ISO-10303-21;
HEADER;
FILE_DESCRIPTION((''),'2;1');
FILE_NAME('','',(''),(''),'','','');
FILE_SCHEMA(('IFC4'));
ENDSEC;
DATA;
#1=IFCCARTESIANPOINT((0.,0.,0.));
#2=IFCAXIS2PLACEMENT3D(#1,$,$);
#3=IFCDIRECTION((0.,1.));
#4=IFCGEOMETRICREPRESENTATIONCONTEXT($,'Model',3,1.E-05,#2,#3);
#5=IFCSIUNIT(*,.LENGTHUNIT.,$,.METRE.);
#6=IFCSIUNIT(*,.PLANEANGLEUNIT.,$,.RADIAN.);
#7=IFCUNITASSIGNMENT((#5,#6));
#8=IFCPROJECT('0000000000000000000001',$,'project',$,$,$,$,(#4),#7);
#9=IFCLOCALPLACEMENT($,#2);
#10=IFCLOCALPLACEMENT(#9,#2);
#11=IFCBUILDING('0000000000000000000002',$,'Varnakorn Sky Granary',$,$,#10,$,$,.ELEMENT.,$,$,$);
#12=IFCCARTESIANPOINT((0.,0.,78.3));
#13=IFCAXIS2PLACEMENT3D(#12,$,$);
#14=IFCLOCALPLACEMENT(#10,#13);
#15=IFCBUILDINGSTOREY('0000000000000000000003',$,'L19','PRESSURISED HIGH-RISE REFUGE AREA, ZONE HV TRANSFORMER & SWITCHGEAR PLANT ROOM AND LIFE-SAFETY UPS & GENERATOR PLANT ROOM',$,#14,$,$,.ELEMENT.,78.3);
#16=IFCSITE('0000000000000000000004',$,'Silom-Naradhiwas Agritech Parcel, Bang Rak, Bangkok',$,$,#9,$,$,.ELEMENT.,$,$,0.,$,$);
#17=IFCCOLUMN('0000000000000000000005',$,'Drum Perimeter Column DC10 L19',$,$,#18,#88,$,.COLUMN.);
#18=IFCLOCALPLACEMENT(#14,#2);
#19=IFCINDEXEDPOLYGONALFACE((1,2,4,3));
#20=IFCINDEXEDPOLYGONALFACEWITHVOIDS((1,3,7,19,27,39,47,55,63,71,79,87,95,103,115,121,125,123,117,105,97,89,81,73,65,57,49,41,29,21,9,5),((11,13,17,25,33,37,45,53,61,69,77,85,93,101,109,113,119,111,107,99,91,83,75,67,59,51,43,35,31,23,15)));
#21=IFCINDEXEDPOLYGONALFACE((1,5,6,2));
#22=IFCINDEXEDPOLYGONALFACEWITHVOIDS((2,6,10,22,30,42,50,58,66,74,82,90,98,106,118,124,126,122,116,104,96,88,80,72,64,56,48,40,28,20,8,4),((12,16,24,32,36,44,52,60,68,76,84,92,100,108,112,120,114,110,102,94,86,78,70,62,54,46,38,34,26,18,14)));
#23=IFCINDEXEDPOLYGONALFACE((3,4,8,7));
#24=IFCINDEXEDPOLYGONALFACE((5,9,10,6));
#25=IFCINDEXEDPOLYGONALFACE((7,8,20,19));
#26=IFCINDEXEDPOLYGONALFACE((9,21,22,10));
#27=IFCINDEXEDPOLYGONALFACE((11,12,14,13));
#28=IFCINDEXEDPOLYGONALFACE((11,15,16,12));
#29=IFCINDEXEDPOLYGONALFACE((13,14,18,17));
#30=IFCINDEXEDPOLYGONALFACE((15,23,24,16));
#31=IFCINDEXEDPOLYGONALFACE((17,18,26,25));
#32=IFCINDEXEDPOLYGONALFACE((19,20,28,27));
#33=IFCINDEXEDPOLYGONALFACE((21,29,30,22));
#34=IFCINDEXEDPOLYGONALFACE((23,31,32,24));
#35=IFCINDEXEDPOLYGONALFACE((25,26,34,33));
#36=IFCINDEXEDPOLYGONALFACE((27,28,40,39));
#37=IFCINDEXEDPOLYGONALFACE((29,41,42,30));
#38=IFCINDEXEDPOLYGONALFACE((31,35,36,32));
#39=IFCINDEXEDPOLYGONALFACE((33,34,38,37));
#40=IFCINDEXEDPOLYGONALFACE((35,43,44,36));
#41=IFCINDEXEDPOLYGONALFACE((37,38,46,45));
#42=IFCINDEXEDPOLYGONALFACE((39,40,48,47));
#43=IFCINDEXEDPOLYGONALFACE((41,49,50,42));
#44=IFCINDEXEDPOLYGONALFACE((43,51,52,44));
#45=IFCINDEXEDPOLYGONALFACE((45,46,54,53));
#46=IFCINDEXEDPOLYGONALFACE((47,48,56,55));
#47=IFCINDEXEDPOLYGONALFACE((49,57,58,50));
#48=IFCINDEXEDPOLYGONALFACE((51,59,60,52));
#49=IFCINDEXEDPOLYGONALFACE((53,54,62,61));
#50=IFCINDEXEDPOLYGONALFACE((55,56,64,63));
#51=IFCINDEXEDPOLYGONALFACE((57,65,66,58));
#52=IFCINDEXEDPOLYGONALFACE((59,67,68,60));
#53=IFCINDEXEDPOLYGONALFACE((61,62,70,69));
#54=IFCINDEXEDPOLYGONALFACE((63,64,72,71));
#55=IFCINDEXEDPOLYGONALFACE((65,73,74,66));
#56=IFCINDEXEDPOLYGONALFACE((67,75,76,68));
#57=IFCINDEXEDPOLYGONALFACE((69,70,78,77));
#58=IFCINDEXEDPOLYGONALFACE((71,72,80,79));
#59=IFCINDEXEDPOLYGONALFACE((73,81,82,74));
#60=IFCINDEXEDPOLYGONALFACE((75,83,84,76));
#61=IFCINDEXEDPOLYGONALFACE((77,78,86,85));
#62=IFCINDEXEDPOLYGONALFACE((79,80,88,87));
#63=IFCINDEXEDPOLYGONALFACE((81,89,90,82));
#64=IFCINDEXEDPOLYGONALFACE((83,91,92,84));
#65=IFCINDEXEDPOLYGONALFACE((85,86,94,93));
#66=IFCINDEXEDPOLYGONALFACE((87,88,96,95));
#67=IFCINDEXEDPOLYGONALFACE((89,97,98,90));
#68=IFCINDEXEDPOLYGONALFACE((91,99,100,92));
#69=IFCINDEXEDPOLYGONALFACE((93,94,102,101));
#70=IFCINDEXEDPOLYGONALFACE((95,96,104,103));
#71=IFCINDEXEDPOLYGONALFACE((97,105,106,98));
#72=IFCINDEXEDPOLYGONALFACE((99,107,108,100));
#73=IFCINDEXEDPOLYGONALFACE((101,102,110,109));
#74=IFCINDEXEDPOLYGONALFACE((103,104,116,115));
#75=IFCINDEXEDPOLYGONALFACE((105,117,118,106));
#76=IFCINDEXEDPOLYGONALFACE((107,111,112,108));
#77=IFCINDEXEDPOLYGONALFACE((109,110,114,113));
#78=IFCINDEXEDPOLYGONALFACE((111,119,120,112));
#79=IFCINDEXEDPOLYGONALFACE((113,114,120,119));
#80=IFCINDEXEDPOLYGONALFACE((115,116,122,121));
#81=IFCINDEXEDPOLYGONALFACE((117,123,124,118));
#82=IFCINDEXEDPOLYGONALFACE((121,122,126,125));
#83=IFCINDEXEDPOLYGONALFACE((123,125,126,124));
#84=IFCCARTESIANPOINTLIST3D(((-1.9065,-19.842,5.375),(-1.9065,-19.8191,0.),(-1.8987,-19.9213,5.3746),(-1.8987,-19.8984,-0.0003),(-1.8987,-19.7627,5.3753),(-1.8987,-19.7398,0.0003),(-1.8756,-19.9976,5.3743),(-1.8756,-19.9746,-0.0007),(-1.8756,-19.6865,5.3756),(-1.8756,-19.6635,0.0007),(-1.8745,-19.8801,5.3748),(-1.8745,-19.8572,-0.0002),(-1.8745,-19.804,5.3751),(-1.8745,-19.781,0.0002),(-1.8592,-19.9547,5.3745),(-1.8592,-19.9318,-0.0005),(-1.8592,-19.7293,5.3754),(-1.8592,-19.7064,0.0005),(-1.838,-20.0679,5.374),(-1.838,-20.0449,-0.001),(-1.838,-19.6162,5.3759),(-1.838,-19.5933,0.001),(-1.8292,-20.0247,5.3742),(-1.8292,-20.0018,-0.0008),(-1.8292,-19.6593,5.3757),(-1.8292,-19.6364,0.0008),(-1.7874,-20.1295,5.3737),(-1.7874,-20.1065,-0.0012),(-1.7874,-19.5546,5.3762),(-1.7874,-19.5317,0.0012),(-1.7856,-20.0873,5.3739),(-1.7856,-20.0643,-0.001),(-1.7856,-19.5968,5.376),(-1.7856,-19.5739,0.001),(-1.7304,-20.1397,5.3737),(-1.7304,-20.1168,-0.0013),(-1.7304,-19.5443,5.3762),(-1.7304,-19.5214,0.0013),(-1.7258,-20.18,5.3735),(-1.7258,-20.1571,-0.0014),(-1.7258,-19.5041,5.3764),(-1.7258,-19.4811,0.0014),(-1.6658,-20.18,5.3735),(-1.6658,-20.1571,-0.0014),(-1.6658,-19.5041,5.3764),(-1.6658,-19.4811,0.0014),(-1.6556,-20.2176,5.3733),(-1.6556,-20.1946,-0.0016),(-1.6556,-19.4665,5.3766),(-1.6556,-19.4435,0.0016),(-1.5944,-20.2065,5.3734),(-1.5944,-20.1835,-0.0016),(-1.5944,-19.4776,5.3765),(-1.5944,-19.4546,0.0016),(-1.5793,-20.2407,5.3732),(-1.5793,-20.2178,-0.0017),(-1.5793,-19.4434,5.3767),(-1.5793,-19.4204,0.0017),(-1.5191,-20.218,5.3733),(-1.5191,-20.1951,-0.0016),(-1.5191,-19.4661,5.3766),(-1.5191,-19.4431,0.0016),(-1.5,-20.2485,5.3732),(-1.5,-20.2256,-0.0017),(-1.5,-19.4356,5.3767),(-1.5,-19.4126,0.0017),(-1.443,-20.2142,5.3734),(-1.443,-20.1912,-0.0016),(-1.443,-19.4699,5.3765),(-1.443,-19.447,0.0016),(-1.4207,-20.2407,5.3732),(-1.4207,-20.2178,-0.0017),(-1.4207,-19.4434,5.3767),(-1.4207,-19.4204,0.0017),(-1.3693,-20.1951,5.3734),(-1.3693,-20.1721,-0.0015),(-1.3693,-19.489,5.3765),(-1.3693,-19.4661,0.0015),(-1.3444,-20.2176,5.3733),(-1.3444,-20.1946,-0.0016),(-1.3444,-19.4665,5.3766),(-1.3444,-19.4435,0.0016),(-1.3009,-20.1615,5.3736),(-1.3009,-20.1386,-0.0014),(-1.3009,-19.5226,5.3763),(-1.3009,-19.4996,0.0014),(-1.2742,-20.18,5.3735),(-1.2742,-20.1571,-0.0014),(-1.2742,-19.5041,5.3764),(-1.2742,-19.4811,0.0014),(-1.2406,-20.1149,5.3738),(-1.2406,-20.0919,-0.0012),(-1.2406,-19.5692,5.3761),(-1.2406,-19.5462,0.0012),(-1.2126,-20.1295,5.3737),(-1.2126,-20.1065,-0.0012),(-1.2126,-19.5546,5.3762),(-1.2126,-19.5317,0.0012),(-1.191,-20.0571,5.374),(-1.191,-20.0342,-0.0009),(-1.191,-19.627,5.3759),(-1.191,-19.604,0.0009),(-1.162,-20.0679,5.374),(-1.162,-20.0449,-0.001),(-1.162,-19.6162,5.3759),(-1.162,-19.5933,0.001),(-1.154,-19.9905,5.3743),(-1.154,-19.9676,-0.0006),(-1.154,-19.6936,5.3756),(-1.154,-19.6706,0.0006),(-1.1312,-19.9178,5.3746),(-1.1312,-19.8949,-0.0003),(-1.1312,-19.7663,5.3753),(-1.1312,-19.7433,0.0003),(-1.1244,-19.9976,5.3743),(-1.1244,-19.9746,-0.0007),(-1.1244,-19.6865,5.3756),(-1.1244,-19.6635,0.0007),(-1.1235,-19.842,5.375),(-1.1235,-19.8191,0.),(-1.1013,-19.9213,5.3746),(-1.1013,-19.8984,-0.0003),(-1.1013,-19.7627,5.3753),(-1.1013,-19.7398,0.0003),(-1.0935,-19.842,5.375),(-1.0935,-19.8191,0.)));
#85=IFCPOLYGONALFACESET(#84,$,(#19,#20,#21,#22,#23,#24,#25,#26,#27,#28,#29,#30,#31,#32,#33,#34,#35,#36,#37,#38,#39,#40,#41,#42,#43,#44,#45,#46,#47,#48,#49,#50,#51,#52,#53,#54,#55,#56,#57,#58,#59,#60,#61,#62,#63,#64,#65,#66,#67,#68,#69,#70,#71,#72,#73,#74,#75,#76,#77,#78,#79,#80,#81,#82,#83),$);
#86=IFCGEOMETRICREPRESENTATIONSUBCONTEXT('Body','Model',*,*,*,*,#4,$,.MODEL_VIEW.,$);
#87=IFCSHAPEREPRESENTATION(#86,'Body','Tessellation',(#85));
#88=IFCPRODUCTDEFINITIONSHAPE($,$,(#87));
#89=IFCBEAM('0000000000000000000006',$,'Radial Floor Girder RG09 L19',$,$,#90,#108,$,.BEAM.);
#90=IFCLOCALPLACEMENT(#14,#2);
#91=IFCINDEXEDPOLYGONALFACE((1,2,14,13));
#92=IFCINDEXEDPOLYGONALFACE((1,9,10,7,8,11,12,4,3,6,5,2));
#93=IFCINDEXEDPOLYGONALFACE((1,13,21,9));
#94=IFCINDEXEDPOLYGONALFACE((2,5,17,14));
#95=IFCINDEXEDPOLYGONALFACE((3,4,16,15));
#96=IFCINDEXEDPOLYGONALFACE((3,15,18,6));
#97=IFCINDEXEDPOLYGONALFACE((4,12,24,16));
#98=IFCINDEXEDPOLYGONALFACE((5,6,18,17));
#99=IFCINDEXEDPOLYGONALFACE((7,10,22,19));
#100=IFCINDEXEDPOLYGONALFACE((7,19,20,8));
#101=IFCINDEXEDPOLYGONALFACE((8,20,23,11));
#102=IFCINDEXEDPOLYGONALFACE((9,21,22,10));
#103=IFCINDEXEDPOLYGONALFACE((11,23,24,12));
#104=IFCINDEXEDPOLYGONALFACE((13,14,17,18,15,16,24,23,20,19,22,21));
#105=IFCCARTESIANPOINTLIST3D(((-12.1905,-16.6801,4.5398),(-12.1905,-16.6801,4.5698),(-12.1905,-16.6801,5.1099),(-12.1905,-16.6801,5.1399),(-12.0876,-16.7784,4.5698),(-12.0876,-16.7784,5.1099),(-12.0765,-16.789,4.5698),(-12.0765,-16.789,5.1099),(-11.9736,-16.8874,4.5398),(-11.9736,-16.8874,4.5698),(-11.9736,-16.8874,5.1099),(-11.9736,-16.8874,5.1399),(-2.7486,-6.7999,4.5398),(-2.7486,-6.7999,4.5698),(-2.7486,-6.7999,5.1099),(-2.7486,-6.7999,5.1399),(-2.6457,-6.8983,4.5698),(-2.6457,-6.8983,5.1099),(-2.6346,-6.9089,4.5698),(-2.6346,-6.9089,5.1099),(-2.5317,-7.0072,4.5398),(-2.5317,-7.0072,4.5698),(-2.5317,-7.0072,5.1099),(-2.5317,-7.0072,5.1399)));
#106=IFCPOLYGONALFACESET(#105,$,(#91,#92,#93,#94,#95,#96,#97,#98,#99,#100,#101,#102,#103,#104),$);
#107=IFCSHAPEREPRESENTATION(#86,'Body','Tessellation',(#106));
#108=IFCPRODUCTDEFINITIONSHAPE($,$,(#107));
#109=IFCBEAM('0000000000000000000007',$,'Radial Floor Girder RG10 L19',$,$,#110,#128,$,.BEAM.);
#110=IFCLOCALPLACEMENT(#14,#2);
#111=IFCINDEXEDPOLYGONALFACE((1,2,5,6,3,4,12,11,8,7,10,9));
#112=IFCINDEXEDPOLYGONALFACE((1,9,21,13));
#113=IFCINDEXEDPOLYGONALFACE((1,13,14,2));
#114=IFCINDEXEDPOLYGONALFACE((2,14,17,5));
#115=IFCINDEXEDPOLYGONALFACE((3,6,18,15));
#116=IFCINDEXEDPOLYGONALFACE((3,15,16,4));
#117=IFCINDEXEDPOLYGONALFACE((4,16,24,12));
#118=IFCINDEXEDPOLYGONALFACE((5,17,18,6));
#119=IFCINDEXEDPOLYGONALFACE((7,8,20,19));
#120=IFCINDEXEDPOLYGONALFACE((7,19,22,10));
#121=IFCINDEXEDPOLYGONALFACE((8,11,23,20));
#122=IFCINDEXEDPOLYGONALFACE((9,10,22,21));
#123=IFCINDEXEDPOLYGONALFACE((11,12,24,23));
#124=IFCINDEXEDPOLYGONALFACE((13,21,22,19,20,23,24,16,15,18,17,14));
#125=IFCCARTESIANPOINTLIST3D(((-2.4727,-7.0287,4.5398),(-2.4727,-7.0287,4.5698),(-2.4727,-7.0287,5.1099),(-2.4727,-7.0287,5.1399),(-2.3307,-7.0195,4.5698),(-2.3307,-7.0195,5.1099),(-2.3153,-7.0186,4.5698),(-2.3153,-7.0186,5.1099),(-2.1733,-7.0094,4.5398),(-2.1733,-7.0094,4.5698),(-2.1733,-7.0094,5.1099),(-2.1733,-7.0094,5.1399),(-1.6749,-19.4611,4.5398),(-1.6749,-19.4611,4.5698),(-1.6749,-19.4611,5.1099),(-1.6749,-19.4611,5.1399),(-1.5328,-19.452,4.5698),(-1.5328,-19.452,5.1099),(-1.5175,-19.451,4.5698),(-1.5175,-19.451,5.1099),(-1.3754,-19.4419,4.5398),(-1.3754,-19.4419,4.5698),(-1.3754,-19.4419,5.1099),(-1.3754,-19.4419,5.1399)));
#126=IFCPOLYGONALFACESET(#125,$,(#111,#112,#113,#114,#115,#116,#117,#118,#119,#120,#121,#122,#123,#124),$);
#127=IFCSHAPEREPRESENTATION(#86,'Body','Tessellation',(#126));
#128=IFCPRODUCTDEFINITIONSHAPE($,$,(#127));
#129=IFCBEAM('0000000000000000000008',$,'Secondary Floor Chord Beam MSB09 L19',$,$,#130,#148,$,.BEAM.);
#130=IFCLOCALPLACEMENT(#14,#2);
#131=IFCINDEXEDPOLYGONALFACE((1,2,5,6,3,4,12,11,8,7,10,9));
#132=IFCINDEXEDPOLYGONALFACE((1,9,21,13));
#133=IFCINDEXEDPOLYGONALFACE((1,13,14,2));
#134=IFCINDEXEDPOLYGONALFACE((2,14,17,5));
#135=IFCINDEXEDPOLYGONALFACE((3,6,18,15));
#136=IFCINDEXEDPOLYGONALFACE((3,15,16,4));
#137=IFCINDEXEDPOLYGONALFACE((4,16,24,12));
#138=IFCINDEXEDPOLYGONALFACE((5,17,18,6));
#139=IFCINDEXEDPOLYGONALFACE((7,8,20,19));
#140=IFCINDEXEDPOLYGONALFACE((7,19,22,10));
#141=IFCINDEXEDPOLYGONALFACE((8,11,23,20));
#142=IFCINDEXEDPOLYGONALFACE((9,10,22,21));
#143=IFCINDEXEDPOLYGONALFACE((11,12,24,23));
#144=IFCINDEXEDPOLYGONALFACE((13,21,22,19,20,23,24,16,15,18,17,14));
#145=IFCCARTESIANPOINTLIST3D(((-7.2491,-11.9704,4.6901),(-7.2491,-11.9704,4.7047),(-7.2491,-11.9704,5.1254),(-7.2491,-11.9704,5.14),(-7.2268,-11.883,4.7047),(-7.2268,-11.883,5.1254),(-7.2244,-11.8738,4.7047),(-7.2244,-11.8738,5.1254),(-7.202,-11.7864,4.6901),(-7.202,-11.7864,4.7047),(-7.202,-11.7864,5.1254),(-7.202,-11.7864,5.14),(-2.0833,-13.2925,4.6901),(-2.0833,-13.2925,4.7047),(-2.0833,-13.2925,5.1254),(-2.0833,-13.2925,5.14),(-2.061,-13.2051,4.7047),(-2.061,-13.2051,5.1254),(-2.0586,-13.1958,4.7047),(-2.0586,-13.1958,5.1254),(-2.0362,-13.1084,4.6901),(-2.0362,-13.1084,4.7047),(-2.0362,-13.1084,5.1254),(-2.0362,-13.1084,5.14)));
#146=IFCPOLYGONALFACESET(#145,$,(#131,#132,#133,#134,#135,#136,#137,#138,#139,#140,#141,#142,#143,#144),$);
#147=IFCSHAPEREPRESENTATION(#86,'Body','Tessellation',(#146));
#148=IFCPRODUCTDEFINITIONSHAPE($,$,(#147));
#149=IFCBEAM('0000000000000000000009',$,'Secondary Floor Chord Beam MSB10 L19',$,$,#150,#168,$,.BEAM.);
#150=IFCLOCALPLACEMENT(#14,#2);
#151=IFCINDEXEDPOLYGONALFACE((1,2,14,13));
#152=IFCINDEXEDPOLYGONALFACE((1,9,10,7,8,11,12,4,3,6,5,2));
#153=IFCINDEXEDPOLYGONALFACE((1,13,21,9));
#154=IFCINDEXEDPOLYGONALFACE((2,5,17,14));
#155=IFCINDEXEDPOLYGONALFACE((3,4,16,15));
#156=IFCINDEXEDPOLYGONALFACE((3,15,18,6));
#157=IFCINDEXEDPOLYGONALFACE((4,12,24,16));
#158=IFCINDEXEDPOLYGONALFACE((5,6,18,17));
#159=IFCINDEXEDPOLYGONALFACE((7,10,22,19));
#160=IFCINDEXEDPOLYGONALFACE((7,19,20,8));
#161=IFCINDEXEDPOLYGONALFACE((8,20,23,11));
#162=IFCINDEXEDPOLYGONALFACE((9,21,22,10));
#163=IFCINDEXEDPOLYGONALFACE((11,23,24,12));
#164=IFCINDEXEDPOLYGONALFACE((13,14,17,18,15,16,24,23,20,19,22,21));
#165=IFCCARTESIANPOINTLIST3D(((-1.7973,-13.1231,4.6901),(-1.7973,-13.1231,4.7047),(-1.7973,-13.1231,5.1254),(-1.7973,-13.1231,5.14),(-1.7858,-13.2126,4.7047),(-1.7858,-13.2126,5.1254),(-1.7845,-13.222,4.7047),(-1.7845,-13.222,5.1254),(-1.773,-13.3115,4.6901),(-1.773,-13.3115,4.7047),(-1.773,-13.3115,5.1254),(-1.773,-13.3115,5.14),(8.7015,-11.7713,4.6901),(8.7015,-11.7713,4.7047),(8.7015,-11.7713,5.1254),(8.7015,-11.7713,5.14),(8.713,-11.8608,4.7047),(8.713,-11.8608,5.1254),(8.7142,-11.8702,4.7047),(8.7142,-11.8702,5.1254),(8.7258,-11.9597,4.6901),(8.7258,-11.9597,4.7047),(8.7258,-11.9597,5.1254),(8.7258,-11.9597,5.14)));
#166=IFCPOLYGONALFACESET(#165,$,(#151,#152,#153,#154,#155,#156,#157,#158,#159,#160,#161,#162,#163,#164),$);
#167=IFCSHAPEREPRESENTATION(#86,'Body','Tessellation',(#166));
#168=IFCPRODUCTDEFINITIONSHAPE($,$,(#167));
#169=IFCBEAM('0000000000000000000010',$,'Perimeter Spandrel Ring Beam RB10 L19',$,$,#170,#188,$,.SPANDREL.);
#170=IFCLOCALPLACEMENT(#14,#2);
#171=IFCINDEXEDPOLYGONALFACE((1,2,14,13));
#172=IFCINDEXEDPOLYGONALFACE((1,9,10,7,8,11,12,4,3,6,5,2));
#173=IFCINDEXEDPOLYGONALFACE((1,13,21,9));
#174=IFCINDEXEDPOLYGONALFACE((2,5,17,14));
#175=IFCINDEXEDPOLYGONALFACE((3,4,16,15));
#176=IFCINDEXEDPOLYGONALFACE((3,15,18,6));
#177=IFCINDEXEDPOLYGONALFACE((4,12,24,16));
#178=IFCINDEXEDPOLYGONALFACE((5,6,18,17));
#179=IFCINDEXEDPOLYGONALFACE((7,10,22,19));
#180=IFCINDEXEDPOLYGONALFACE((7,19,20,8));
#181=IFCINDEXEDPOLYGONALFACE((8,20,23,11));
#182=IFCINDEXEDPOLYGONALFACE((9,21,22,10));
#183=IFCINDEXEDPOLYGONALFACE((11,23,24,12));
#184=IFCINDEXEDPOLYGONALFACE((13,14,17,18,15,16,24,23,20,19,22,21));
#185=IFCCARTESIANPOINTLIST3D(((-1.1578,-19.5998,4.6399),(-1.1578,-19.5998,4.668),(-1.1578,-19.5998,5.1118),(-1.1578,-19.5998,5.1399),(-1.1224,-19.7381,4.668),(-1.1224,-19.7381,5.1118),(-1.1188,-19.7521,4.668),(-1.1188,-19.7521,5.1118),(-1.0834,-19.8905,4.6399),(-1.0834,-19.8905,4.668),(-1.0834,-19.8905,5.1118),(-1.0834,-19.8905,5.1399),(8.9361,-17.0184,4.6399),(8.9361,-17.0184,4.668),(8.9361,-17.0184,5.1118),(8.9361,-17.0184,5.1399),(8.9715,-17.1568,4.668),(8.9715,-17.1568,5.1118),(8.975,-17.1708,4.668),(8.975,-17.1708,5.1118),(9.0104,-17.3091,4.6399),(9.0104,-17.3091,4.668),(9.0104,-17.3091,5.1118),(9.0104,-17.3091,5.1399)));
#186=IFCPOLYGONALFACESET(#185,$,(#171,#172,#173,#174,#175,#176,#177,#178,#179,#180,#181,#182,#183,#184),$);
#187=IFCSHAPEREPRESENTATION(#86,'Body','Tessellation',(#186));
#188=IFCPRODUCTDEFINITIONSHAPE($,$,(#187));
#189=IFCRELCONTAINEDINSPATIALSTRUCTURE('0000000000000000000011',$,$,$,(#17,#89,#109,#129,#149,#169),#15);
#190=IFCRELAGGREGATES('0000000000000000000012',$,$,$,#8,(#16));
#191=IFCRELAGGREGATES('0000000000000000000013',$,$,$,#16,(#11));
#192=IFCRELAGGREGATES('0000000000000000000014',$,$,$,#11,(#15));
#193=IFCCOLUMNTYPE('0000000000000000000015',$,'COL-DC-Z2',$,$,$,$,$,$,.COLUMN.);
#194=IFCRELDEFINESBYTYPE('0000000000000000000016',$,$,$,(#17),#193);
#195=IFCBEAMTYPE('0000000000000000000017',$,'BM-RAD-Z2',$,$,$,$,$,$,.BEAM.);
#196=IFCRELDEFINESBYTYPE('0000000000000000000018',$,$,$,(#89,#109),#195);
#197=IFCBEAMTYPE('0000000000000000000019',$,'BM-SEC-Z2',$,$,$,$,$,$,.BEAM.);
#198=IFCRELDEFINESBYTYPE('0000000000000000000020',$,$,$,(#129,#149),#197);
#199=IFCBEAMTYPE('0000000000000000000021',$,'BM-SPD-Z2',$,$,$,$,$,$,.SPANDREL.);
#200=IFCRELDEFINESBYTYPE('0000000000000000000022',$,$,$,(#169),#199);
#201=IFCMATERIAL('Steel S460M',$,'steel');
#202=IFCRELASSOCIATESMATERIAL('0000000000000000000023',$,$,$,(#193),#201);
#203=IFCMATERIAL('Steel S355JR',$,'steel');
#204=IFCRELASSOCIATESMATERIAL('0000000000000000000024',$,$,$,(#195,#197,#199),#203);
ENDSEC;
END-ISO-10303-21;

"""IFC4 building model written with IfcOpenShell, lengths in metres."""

from ifc_helpers import new_model, si_unit, direction, frame, origin, origin_2d, place, context, subcontext, project, spatial, hollow_circle, i_section, extrude, material, material_profile, profile_set, type_object, element, save


model = new_model("IFC4")

# Units and contexts
model_context = context("Model", 3, precision=1e-05, world=origin(), true_north=direction((0.0, 1.0)))
body_context = subcontext(model_context, "Body", "Model", "MODEL_VIEW")
ifc_project = project(units=[si_unit("LENGTHUNIT", "METRE"), si_unit("PLANEANGLEUNIT", "RADIAN")], contexts=[model_context])

# Site, building, storey
site_placement = place(None, origin())
site = spatial("IfcSite", under=ifc_project, at=site_placement, Name="Silom-Naradhiwas Agritech Parcel, Bang Rak, Bangkok", CompositionType="ELEMENT", RefElevation=0.0)
building_placement = place(site_placement, origin())
building = spatial("IfcBuilding", under=site, at=building_placement, Name="Varnakorn Sky Granary", CompositionType="ELEMENT")
storey_placement = place(building_placement, frame((0.0, 0.0, 78.3)))
storey = spatial("IfcBuildingStorey", under=building, at=storey_placement, Name="L19", Description="PRESSURISED HIGH-RISE REFUGE AREA, ZONE HV TRANSFORMER & SWITCHGEAR PLANT ROOM AND LIFE-SAFETY UPS & GENERATOR PLANT ROOM", CompositionType="ELEMENT", Elevation=78.3)

# Column
ifc_material_1 = material(Name="Steel S460M", Category="steel")
ifc_material_profile_1 = material_profile(ifc_material_1, hollow_circle(Radius=0.4065, WallThickness=0.03, at=origin_2d()), Name="CHS 813x30")
ifc_profile_set_1 = profile_set([ifc_material_profile_1], Name="Steel S460M")
column_type = type_object("IfcColumnType", Name="COL-DC-Z2", PredefinedType="COLUMN", material=ifc_profile_set_1)
column_placement = place(storey_placement, frame((-1.5, -19.8191, 0.0), z_axis=(0.0, -0.00427, 0.999991), x_axis=(1.0, 0.0, 0.0)))
element("IfcColumn", 1, at=column_placement, inside=storey, type_object=column_type, Name="Drum Perimeter Column DC10 L19", PredefinedType="COLUMN", context=body_context, shape_type="SweptSolid", body=[
    extrude(hollow_circle(Radius=0.4065, WallThickness=0.03, at=origin_2d()), origin(), (0.0, 0.0, 1.0), 5.375),
])

# Beams
ifc_material_2 = material(Name="Steel S355JR", Category="steel")
ifc_material_profile_2 = material_profile(ifc_material_2, i_section(OverallWidth=0.3, OverallDepth=0.6001, WebThickness=0.0154, FlangeThickness=0.03, at=origin_2d()), Name="HE 600 B")
ifc_profile_set_2 = profile_set([ifc_material_profile_2], Name="Steel S355JR")
beam_type_1 = type_object("IfcBeamType", Name="BM-RAD-Z2", PredefinedType="BEAM", material=ifc_profile_set_2)
beam_1_placement = place(storey_placement, frame((-2.6401, -6.9036, 4.8398), z_axis=(-0.690892, -0.722958, 0.0), x_axis=(0.722958, -0.690892, 0.0)))
element("IfcBeam", 2, at=beam_1_placement, inside=storey, type_object=beam_type_1, Name="Radial Floor Girder RG09 L19", PredefinedType="BEAM", context=body_context, shape_type="SweptSolid", body=[
    extrude(i_section(OverallWidth=0.3, OverallDepth=0.6001, WebThickness=0.0154, FlangeThickness=0.03, at=origin_2d()), origin(), (0.0, 0.0, 1.0), 13.6663),
])
beam_2_placement = place(storey_placement, frame((-2.323, -7.019, 4.8398), z_axis=(0.064044, -0.997947, 0.0), x_axis=(0.997947, 0.064044, 0.0)))
element("IfcBeam", 3, at=beam_2_placement, inside=storey, type_object=beam_type_1, Name="Radial Floor Girder RG10 L19", PredefinedType="BEAM", context=body_context, shape_type="SweptSolid", body=[
    extrude(i_section(OverallWidth=0.3, OverallDepth=0.6001, WebThickness=0.0154, FlangeThickness=0.03, at=origin_2d()), origin(), (0.0, 0.0, 1.0), 12.458),
])
ifc_material_profile_3 = material_profile(ifc_material_2, i_section(OverallWidth=0.1899, OverallDepth=0.45, WebThickness=0.0095, FlangeThickness=0.0146, at=origin_2d()), Name="IPE 450")
ifc_profile_set_3 = profile_set([ifc_material_profile_3], Name="Steel S355JR")
beam_type_2 = type_object("IfcBeamType", Name="BM-SEC-Z2", PredefinedType="BEAM", material=ifc_profile_set_3)
beam_3_placement = place(storey_placement, frame((-7.2256, -11.8784, 4.915), z_axis=(0.968778, -0.247929, 0.0), x_axis=(0.247929, 0.968778, 0.0)))
element("IfcBeam", 4, at=beam_3_placement, inside=storey, type_object=beam_type_2, Name="Secondary Floor Chord Beam MSB09 L19", PredefinedType="BEAM", context=body_context, shape_type="SweptSolid", body=[
    extrude(i_section(OverallWidth=0.1899, OverallDepth=0.45, WebThickness=0.0095, FlangeThickness=0.0146, at=origin_2d()), origin(), (0.0, 0.0, 1.0), 5.3323),
])
beam_4_placement = place(storey_placement, frame((-1.7852, -13.2173, 4.915), z_axis=(0.991812, 0.127704, 0.0), x_axis=(-0.127704, 0.991812, 0.0)))
element("IfcBeam", 5, at=beam_4_placement, inside=storey, type_object=beam_type_2, Name="Secondary Floor Chord Beam MSB10 L19", PredefinedType="BEAM", context=body_context, shape_type="SweptSolid", body=[
    extrude(i_section(OverallWidth=0.1899, OverallDepth=0.45, WebThickness=0.0095, FlangeThickness=0.0146, at=origin_2d()), origin(), (0.0, 0.0, 1.0), 10.5854),
])
ifc_material_profile_4 = material_profile(ifc_material_2, i_section(OverallWidth=0.3, OverallDepth=0.5, WebThickness=0.0144, FlangeThickness=0.0281, at=origin_2d()), Name="HE 500 B")
ifc_profile_set_4 = profile_set([ifc_material_profile_4], Name="Steel S355JR")
beam_type_3 = type_object("IfcBeamType", Name="BM-SPD-Z2", PredefinedType="SPANDREL", material=ifc_profile_set_4)
beam_5_placement = place(storey_placement, frame((-1.1206, -19.7451, 4.8899), z_axis=(0.968822, 0.247759, 0.0), x_axis=(-0.247759, 0.968822, 0.0)))
element("IfcBeam", 6, at=beam_5_placement, inside=storey, type_object=beam_type_3, Name="Perimeter Spandrel Ring Beam RB10 L19", PredefinedType="SPANDREL", context=body_context, shape_type="SweptSolid", body=[
    extrude(i_section(OverallWidth=0.3, OverallDepth=0.5, WebThickness=0.0144, FlangeThickness=0.0281, at=origin_2d()), origin(), (0.0, 0.0, 1.0), 10.4187),
])

save(model, "model.ifc")
